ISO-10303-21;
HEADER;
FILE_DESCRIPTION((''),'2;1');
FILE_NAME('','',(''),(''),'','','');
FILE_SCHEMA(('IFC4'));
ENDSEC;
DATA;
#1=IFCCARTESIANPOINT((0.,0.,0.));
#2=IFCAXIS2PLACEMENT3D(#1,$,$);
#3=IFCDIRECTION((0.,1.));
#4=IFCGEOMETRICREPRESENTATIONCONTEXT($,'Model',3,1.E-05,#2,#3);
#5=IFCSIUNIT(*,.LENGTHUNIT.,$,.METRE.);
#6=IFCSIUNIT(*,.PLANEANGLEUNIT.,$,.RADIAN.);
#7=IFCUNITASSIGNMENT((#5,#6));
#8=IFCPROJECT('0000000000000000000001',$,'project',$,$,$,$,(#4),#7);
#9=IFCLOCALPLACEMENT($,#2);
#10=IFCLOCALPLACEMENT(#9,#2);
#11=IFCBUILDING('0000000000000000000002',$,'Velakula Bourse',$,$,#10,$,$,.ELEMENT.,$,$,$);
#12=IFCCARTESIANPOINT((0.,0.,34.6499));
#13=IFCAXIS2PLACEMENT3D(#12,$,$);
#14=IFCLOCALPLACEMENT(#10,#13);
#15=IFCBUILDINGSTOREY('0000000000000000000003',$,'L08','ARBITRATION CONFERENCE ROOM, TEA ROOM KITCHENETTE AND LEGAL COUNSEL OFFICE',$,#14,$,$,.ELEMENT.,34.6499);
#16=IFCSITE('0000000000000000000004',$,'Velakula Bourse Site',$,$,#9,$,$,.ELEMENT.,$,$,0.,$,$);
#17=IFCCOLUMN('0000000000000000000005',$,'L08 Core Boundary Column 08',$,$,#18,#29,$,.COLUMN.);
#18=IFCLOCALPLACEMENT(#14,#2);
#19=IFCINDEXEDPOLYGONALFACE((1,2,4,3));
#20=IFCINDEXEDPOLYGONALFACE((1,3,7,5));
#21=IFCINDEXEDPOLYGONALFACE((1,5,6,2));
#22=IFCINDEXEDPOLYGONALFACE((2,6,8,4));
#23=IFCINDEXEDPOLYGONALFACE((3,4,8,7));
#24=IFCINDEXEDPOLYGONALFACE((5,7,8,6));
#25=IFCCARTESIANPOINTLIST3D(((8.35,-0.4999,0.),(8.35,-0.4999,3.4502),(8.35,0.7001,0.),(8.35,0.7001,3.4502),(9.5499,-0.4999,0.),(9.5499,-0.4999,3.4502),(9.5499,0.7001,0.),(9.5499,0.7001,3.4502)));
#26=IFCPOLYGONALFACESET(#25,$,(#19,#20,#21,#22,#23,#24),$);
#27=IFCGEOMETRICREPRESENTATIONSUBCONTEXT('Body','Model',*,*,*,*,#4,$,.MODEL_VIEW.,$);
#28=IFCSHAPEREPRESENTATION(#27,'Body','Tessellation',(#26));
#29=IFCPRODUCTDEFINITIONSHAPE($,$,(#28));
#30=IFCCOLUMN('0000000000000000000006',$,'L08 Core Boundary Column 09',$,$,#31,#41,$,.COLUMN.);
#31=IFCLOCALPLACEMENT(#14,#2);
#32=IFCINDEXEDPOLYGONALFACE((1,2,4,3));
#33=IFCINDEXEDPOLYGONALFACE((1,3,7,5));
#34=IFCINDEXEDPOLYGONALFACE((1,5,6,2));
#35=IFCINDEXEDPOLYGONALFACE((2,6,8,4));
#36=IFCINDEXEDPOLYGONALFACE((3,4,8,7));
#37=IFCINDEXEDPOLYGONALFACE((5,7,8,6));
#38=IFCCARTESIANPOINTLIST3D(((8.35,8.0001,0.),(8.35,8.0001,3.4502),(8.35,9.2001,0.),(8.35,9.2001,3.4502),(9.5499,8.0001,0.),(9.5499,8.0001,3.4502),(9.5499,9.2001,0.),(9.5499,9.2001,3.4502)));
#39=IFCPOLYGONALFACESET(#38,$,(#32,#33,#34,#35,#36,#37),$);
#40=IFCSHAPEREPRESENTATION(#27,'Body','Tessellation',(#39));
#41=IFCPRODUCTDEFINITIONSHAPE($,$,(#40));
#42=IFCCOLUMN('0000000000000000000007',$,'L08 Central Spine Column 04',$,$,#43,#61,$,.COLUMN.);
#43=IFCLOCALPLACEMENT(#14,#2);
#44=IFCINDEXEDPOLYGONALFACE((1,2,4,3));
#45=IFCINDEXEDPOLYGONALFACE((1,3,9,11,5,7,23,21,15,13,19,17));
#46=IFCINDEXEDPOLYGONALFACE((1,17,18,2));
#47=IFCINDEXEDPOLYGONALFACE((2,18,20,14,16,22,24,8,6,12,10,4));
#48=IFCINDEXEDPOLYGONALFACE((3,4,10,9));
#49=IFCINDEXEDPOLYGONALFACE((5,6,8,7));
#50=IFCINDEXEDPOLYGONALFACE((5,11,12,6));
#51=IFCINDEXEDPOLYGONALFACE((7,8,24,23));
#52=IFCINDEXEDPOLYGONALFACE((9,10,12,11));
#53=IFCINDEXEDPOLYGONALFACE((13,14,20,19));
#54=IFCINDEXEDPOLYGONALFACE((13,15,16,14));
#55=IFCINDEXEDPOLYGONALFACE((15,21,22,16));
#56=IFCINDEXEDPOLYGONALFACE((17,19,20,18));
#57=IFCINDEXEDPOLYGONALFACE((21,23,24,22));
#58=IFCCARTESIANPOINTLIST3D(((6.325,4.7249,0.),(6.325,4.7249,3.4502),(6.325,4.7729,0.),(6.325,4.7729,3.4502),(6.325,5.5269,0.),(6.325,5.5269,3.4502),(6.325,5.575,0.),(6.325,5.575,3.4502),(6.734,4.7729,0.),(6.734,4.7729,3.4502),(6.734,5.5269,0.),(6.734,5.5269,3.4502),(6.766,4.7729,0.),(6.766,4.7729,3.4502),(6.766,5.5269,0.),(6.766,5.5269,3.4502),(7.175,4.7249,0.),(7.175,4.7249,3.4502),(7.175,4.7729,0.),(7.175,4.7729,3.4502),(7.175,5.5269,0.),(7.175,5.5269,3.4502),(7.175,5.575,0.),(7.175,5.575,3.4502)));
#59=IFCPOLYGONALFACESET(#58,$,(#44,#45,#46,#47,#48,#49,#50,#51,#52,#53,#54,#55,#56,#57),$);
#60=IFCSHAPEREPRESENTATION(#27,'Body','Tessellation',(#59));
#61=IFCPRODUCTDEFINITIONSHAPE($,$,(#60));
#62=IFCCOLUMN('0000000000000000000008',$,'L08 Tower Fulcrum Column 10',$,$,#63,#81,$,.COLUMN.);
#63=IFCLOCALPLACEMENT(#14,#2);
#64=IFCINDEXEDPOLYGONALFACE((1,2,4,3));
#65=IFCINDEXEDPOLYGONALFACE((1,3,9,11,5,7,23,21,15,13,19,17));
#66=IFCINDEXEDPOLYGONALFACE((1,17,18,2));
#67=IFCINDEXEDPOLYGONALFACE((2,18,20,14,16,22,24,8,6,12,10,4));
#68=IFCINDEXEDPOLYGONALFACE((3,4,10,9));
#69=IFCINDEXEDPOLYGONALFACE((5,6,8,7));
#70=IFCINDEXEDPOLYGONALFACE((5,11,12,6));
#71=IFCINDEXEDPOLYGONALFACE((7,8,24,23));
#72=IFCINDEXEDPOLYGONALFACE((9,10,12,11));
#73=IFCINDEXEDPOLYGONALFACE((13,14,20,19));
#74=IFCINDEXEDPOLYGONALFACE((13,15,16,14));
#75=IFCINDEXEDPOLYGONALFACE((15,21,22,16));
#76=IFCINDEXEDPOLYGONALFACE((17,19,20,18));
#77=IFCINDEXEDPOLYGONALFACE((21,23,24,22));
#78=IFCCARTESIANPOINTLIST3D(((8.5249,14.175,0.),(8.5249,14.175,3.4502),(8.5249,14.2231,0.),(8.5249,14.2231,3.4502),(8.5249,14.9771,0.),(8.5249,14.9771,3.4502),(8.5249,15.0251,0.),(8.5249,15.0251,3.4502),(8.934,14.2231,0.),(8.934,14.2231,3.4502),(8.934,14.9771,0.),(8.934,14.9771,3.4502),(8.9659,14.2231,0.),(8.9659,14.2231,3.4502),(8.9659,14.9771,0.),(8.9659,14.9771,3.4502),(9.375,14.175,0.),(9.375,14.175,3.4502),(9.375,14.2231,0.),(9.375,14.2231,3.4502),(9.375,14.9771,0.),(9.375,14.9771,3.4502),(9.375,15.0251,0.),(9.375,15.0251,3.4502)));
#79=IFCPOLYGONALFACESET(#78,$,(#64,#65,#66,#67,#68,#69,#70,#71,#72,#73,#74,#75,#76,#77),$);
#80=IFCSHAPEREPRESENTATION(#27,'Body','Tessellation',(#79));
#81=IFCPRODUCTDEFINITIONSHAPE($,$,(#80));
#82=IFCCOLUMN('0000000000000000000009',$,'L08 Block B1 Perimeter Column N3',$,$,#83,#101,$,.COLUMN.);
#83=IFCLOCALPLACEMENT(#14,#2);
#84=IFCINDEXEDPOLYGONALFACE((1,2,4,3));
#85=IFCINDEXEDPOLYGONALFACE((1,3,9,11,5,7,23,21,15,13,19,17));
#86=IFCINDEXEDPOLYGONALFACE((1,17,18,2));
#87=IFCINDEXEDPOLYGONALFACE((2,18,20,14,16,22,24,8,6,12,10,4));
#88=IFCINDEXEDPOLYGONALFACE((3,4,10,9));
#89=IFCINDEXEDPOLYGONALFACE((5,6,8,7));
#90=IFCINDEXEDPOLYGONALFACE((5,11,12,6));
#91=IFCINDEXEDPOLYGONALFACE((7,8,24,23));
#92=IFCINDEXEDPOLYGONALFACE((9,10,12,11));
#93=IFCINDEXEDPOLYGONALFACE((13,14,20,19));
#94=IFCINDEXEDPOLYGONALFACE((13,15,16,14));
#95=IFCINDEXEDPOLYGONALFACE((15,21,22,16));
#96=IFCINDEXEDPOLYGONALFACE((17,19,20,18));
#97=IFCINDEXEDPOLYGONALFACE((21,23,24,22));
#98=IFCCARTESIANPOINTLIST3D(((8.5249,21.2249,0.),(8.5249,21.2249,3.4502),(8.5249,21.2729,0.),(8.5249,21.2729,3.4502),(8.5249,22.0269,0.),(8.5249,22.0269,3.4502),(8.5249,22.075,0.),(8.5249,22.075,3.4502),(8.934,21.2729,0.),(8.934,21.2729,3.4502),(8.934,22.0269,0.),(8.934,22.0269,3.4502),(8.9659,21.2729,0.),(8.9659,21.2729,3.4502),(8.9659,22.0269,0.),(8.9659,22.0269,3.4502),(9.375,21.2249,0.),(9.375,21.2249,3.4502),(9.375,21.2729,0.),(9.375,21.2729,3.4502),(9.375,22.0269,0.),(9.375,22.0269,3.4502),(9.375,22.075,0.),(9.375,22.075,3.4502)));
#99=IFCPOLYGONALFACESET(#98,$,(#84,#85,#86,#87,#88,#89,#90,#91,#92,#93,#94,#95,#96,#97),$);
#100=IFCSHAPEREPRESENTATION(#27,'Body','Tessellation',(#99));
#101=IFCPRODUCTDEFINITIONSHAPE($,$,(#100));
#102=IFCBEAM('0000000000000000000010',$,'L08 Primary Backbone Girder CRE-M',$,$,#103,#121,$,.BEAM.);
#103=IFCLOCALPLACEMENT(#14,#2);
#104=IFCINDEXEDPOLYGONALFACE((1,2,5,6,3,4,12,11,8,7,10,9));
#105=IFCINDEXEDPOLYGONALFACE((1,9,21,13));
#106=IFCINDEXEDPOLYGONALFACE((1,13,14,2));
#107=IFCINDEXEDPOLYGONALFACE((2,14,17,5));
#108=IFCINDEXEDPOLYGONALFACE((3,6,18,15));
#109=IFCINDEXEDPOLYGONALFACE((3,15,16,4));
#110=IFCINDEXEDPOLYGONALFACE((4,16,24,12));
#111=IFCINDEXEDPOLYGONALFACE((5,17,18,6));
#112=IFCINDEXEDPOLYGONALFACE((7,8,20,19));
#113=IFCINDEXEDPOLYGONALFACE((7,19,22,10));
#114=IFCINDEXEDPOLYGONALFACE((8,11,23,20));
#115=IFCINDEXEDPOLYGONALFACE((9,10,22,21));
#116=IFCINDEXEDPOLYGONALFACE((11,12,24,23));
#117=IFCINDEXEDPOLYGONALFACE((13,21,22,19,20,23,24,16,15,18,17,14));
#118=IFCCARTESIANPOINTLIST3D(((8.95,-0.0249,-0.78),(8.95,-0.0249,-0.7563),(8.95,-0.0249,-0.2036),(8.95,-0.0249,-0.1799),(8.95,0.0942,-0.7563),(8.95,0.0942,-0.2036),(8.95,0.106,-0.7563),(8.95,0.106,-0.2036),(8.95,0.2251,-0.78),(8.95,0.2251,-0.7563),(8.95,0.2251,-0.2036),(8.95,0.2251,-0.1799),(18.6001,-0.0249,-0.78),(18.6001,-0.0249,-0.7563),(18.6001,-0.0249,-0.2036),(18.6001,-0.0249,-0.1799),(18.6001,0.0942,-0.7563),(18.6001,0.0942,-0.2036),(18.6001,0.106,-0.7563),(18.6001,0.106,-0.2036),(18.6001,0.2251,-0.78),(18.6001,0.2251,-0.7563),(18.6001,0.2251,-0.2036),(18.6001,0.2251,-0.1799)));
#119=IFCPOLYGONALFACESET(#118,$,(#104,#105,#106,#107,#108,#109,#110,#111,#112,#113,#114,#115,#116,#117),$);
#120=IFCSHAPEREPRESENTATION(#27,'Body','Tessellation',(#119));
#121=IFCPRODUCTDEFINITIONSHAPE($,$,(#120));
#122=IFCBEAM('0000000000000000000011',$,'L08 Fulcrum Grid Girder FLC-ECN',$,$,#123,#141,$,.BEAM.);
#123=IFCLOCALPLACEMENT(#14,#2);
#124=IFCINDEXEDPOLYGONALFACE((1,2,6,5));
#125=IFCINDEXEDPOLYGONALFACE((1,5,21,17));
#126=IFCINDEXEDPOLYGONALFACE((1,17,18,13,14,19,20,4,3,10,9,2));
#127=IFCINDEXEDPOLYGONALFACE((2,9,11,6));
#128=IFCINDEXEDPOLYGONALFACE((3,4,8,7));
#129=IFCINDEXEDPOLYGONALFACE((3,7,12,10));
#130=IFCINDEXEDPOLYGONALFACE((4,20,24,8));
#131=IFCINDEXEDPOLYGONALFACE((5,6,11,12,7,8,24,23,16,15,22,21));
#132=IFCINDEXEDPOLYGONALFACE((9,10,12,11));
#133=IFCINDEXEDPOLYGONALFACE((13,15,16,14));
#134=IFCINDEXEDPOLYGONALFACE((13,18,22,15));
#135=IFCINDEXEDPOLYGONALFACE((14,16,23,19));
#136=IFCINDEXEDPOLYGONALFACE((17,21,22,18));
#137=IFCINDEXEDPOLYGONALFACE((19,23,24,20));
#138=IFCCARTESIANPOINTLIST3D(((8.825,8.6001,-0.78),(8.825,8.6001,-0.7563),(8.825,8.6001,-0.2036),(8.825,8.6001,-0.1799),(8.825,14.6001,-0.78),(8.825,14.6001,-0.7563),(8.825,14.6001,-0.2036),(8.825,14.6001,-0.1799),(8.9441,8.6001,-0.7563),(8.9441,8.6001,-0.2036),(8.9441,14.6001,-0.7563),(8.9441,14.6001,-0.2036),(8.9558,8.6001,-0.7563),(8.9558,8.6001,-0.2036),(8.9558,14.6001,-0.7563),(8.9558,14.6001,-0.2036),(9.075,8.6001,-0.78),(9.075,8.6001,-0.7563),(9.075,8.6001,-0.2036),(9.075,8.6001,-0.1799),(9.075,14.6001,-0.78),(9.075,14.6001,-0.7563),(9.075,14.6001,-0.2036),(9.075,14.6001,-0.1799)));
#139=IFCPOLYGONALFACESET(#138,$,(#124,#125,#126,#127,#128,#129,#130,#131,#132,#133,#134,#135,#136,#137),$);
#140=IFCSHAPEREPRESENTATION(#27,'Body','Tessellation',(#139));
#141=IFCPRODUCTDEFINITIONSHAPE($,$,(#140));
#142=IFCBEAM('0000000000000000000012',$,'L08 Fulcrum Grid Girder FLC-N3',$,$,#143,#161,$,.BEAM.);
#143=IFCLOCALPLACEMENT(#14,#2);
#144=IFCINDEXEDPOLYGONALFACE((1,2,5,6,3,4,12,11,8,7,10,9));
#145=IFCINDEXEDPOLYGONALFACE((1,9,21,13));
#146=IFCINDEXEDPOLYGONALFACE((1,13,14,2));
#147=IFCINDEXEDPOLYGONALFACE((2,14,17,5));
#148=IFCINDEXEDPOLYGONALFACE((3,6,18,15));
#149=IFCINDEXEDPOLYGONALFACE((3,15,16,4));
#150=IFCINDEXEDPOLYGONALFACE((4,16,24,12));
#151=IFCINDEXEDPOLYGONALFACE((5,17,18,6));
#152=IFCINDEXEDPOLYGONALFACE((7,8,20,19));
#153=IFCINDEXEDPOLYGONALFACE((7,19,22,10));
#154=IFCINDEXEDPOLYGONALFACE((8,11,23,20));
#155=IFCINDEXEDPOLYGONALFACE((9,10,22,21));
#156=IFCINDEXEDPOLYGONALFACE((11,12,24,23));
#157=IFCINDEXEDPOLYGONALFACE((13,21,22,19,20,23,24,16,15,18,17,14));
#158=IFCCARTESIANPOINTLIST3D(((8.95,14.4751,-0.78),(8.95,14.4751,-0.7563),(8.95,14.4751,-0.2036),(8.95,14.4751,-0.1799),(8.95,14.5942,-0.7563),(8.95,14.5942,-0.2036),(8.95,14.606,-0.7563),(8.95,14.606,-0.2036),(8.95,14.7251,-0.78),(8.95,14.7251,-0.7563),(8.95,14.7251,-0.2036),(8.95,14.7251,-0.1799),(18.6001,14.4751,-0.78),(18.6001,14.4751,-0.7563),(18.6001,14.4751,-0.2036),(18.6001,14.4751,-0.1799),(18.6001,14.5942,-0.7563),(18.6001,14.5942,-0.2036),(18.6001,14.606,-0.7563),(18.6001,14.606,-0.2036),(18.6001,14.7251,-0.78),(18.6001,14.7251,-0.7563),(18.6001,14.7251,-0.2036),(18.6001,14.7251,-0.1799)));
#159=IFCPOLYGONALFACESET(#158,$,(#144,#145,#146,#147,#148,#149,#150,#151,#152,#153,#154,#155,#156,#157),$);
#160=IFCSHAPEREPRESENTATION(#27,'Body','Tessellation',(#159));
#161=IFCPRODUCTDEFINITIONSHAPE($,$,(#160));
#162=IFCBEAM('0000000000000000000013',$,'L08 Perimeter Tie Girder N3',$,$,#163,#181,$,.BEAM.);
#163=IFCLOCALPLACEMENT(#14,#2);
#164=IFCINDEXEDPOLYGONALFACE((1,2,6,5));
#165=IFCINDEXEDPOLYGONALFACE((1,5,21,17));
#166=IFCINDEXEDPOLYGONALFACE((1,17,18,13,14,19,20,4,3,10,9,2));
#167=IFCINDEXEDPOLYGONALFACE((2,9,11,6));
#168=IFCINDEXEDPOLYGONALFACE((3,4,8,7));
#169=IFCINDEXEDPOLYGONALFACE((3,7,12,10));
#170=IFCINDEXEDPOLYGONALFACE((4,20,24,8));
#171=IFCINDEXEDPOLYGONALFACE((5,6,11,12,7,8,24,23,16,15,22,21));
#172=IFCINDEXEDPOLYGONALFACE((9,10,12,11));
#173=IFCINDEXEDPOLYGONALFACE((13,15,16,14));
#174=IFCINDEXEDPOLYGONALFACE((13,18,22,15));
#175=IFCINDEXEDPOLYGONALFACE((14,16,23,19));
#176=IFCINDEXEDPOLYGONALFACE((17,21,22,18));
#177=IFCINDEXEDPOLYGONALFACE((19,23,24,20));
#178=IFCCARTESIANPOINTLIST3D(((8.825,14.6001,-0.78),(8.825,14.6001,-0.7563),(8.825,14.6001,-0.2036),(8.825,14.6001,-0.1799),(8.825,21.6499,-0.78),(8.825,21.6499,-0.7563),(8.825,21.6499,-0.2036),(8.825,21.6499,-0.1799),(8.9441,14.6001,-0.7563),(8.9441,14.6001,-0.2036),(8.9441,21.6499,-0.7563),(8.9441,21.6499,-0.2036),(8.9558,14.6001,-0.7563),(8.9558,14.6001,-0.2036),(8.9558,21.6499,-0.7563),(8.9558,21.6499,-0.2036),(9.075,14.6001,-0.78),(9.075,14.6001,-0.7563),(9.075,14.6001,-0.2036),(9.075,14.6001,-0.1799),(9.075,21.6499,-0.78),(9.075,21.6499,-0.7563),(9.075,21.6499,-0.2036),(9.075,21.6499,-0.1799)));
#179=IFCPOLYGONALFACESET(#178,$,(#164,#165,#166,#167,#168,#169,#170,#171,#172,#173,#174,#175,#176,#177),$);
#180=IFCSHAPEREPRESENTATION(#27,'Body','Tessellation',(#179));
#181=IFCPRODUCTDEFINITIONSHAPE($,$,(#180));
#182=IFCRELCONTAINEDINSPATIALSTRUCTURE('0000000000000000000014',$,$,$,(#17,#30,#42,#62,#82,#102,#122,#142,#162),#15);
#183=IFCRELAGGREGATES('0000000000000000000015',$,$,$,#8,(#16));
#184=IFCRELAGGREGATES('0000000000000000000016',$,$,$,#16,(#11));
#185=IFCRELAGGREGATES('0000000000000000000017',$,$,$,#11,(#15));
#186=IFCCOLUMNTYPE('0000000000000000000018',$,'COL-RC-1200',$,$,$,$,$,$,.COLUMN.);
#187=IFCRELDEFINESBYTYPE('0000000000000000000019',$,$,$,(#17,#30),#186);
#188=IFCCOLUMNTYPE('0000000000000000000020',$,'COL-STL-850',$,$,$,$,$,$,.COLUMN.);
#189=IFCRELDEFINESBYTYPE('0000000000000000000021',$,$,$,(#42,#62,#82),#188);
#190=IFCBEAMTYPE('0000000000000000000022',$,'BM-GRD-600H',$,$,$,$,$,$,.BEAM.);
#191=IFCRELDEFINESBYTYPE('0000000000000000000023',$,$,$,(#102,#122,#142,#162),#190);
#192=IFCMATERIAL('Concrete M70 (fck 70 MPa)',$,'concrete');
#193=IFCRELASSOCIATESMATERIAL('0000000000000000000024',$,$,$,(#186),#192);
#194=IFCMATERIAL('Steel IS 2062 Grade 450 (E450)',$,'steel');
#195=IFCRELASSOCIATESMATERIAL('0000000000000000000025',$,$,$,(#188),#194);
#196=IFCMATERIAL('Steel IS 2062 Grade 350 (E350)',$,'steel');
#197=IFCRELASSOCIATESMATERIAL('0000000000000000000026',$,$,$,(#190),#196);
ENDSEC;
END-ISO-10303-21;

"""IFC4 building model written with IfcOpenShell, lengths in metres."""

from ifc_helpers import new_model, si_unit, direction, frame, origin, origin_2d, place, context, subcontext, project, spatial, rectangle, i_section, extrude, material, material_profile, profile_set, type_object, element, save


model = new_model("IFC4")

# Units and contexts
model_context = context("Model", 3, precision=1e-05, world=origin(), true_north=direction((0.0, 1.0)))
body_context = subcontext(model_context, "Body", "Model", "MODEL_VIEW")
ifc_project = project(units=[si_unit("LENGTHUNIT", "METRE"), si_unit("PLANEANGLEUNIT", "RADIAN")], contexts=[model_context])

# Site, building, storey
site_placement = place(None, origin())
site = spatial("IfcSite", under=ifc_project, at=site_placement, Name="Velakula Bourse Site", CompositionType="ELEMENT", RefElevation=0.0)
building_placement = place(site_placement, origin())
building = spatial("IfcBuilding", under=site, at=building_placement, Name="Velakula Bourse", CompositionType="ELEMENT")
storey_placement = place(building_placement, frame((0.0, 0.0, 34.6499)))
storey = spatial("IfcBuildingStorey", under=building, at=storey_placement, Name="L08", Description="ARBITRATION CONFERENCE ROOM, TEA ROOM KITCHENETTE AND LEGAL COUNSEL OFFICE", CompositionType="ELEMENT", Elevation=34.6499)

# Columns
ifc_material_1 = material(Name="Concrete M70 (fck 70 MPa)", Category="concrete")
ifc_material_profile_1 = material_profile(ifc_material_1, rectangle(XDim=1.2, YDim=1.2, at=origin_2d()), Name="Concrete M70 (fck 70 MPa)")
ifc_profile_set_1 = profile_set([ifc_material_profile_1], Name="Concrete M70 (fck 70 MPa)")
column_type_1 = type_object("IfcColumnType", Name="COL-RC-1200", PredefinedType="COLUMN", material=ifc_profile_set_1)
for number, where, z_axis, x_axis, name in (
    (1, (8.95, 0.1001, 0.0), (0.0, 0.0, 1.0), (1.0, 0.0, 0.0), "L08 Core Boundary Column 08"),
    (2, (8.95, 8.6001, 0.0), (0.0, 0.0, 1.0), (1.0, 0.0, 0.0), "L08 Core Boundary Column 09"),
):
    element("IfcColumn", number, at=place(storey_placement, frame(where, z_axis=z_axis, x_axis=x_axis)), inside=storey, type_object=column_type_1, Name=name, PredefinedType="COLUMN", context=body_context, shape_type="SweptSolid", body=[
        extrude(rectangle(XDim=1.2, YDim=1.2, at=origin_2d()), origin(), (0.0, 0.0, 1.0), 3.4502),
    ])
ifc_material_2 = material(Name="Steel IS 2062 Grade 450 (E450)", Category="steel")
ifc_material_profile_2 = material_profile(ifc_material_2, i_section(OverallWidth=0.8501, OverallDepth=0.8501, WebThickness=0.032, FlangeThickness=0.0481, at=origin_2d()), Name="Steel IS 2062 Grade 450 (E450)")
ifc_profile_set_2 = profile_set([ifc_material_profile_2], Name="Steel IS 2062 Grade 450 (E450)")
column_type_2 = type_object("IfcColumnType", Name="COL-STL-850", PredefinedType="COLUMN", material=ifc_profile_set_2)
for number, where, z_axis, x_axis, name in (
    (3, (6.75, 5.1499, 0.0), (0.0, 0.0, 1.0), (1.0, 0.0, 0.0), "L08 Central Spine Column 04"),
    (4, (8.95, 14.6001, 0.0), (0.0, 0.0, 1.0), (1.0, 0.0, 0.0), "L08 Tower Fulcrum Column 10"),
    (5, (8.95, 21.6499, 0.0), (0.0, 0.0, 1.0), (1.0, 0.0, 0.0), "L08 Block B1 Perimeter Column N3"),
):
    element("IfcColumn", number, at=place(storey_placement, frame(where, z_axis=z_axis, x_axis=x_axis)), inside=storey, type_object=column_type_2, Name=name, PredefinedType="COLUMN", context=body_context, shape_type="SweptSolid", body=[
        extrude(i_section(OverallWidth=0.8501, OverallDepth=0.8501, WebThickness=0.032, FlangeThickness=0.0481, at=origin_2d()), origin(), (0.0, 0.0, 1.0), 3.4502),
    ])

# Beams
ifc_material_3 = material(Name="Steel IS 2062 Grade 350 (E350)", Category="steel")
ifc_material_profile_3 = material_profile(ifc_material_3, i_section(OverallWidth=0.25, OverallDepth=0.6001, WebThickness=0.0117, FlangeThickness=0.0237, at=origin_2d()), Name="Steel IS 2062 Grade 350 (E350)")
ifc_profile_set_3 = profile_set([ifc_material_profile_3], Name="Steel IS 2062 Grade 350 (E350)")
beam_type_1 = type_object("IfcBeamType", Name="BM-GRD-600H", PredefinedType="BEAM", material=ifc_profile_set_3)
beam_1_placement = place(storey_placement, frame((8.95, 0.1001, -0.48), z_axis=(1.0, 0.0, 0.0), x_axis=(0.0, 1.0, 0.0)))
element("IfcBeam", 6, at=beam_1_placement, inside=storey, type_object=beam_type_1, Name="L08 Primary Backbone Girder CRE-M", PredefinedType="BEAM", context=body_context, shape_type="SweptSolid", body=[
    extrude(i_section(OverallWidth=0.25, OverallDepth=0.6001, WebThickness=0.0117, FlangeThickness=0.0237, at=origin_2d()), origin(), (0.0, 0.0, 1.0), 9.6501),
])
beam_2_placement = place(storey_placement, frame((8.95, 8.6001, -0.48), z_axis=(0.0, 1.0, 0.0), x_axis=(-1.0, 0.0, 0.0)))
element("IfcBeam", 7, at=beam_2_placement, inside=storey, type_object=beam_type_1, Name="L08 Fulcrum Grid Girder FLC-ECN", PredefinedType="BEAM", context=body_context, shape_type="SweptSolid", body=[
    extrude(i_section(OverallWidth=0.25, OverallDepth=0.6001, WebThickness=0.0117, FlangeThickness=0.0237, at=origin_2d()), origin(), (0.0, 0.0, 1.0), 6.0),
])
beam_3_placement = place(storey_placement, frame((8.95, 14.6001, -0.48), z_axis=(1.0, 0.0, 0.0), x_axis=(0.0, 1.0, 0.0)))
element("IfcBeam", 8, at=beam_3_placement, inside=storey, type_object=beam_type_1, Name="L08 Fulcrum Grid Girder FLC-N3", PredefinedType="BEAM", context=body_context, shape_type="SweptSolid", body=[
    extrude(i_section(OverallWidth=0.25, OverallDepth=0.6001, WebThickness=0.0117, FlangeThickness=0.0237, at=origin_2d()), origin(), (0.0, 0.0, 1.0), 9.6501),
])
beam_4_placement = place(storey_placement, frame((8.95, 14.6001, -0.48), z_axis=(0.0, 1.0, 0.0), x_axis=(-1.0, 0.0, 0.0)))
element("IfcBeam", 9, at=beam_4_placement, inside=storey, type_object=beam_type_1, Name="L08 Perimeter Tie Girder N3", PredefinedType="BEAM", context=body_context, shape_type="SweptSolid", body=[
    extrude(i_section(OverallWidth=0.25, OverallDepth=0.6001, WebThickness=0.0117, FlangeThickness=0.0237, at=origin_2d()), origin(), (0.0, 0.0, 1.0), 7.0498),
])

save(model, "model.ifc")
